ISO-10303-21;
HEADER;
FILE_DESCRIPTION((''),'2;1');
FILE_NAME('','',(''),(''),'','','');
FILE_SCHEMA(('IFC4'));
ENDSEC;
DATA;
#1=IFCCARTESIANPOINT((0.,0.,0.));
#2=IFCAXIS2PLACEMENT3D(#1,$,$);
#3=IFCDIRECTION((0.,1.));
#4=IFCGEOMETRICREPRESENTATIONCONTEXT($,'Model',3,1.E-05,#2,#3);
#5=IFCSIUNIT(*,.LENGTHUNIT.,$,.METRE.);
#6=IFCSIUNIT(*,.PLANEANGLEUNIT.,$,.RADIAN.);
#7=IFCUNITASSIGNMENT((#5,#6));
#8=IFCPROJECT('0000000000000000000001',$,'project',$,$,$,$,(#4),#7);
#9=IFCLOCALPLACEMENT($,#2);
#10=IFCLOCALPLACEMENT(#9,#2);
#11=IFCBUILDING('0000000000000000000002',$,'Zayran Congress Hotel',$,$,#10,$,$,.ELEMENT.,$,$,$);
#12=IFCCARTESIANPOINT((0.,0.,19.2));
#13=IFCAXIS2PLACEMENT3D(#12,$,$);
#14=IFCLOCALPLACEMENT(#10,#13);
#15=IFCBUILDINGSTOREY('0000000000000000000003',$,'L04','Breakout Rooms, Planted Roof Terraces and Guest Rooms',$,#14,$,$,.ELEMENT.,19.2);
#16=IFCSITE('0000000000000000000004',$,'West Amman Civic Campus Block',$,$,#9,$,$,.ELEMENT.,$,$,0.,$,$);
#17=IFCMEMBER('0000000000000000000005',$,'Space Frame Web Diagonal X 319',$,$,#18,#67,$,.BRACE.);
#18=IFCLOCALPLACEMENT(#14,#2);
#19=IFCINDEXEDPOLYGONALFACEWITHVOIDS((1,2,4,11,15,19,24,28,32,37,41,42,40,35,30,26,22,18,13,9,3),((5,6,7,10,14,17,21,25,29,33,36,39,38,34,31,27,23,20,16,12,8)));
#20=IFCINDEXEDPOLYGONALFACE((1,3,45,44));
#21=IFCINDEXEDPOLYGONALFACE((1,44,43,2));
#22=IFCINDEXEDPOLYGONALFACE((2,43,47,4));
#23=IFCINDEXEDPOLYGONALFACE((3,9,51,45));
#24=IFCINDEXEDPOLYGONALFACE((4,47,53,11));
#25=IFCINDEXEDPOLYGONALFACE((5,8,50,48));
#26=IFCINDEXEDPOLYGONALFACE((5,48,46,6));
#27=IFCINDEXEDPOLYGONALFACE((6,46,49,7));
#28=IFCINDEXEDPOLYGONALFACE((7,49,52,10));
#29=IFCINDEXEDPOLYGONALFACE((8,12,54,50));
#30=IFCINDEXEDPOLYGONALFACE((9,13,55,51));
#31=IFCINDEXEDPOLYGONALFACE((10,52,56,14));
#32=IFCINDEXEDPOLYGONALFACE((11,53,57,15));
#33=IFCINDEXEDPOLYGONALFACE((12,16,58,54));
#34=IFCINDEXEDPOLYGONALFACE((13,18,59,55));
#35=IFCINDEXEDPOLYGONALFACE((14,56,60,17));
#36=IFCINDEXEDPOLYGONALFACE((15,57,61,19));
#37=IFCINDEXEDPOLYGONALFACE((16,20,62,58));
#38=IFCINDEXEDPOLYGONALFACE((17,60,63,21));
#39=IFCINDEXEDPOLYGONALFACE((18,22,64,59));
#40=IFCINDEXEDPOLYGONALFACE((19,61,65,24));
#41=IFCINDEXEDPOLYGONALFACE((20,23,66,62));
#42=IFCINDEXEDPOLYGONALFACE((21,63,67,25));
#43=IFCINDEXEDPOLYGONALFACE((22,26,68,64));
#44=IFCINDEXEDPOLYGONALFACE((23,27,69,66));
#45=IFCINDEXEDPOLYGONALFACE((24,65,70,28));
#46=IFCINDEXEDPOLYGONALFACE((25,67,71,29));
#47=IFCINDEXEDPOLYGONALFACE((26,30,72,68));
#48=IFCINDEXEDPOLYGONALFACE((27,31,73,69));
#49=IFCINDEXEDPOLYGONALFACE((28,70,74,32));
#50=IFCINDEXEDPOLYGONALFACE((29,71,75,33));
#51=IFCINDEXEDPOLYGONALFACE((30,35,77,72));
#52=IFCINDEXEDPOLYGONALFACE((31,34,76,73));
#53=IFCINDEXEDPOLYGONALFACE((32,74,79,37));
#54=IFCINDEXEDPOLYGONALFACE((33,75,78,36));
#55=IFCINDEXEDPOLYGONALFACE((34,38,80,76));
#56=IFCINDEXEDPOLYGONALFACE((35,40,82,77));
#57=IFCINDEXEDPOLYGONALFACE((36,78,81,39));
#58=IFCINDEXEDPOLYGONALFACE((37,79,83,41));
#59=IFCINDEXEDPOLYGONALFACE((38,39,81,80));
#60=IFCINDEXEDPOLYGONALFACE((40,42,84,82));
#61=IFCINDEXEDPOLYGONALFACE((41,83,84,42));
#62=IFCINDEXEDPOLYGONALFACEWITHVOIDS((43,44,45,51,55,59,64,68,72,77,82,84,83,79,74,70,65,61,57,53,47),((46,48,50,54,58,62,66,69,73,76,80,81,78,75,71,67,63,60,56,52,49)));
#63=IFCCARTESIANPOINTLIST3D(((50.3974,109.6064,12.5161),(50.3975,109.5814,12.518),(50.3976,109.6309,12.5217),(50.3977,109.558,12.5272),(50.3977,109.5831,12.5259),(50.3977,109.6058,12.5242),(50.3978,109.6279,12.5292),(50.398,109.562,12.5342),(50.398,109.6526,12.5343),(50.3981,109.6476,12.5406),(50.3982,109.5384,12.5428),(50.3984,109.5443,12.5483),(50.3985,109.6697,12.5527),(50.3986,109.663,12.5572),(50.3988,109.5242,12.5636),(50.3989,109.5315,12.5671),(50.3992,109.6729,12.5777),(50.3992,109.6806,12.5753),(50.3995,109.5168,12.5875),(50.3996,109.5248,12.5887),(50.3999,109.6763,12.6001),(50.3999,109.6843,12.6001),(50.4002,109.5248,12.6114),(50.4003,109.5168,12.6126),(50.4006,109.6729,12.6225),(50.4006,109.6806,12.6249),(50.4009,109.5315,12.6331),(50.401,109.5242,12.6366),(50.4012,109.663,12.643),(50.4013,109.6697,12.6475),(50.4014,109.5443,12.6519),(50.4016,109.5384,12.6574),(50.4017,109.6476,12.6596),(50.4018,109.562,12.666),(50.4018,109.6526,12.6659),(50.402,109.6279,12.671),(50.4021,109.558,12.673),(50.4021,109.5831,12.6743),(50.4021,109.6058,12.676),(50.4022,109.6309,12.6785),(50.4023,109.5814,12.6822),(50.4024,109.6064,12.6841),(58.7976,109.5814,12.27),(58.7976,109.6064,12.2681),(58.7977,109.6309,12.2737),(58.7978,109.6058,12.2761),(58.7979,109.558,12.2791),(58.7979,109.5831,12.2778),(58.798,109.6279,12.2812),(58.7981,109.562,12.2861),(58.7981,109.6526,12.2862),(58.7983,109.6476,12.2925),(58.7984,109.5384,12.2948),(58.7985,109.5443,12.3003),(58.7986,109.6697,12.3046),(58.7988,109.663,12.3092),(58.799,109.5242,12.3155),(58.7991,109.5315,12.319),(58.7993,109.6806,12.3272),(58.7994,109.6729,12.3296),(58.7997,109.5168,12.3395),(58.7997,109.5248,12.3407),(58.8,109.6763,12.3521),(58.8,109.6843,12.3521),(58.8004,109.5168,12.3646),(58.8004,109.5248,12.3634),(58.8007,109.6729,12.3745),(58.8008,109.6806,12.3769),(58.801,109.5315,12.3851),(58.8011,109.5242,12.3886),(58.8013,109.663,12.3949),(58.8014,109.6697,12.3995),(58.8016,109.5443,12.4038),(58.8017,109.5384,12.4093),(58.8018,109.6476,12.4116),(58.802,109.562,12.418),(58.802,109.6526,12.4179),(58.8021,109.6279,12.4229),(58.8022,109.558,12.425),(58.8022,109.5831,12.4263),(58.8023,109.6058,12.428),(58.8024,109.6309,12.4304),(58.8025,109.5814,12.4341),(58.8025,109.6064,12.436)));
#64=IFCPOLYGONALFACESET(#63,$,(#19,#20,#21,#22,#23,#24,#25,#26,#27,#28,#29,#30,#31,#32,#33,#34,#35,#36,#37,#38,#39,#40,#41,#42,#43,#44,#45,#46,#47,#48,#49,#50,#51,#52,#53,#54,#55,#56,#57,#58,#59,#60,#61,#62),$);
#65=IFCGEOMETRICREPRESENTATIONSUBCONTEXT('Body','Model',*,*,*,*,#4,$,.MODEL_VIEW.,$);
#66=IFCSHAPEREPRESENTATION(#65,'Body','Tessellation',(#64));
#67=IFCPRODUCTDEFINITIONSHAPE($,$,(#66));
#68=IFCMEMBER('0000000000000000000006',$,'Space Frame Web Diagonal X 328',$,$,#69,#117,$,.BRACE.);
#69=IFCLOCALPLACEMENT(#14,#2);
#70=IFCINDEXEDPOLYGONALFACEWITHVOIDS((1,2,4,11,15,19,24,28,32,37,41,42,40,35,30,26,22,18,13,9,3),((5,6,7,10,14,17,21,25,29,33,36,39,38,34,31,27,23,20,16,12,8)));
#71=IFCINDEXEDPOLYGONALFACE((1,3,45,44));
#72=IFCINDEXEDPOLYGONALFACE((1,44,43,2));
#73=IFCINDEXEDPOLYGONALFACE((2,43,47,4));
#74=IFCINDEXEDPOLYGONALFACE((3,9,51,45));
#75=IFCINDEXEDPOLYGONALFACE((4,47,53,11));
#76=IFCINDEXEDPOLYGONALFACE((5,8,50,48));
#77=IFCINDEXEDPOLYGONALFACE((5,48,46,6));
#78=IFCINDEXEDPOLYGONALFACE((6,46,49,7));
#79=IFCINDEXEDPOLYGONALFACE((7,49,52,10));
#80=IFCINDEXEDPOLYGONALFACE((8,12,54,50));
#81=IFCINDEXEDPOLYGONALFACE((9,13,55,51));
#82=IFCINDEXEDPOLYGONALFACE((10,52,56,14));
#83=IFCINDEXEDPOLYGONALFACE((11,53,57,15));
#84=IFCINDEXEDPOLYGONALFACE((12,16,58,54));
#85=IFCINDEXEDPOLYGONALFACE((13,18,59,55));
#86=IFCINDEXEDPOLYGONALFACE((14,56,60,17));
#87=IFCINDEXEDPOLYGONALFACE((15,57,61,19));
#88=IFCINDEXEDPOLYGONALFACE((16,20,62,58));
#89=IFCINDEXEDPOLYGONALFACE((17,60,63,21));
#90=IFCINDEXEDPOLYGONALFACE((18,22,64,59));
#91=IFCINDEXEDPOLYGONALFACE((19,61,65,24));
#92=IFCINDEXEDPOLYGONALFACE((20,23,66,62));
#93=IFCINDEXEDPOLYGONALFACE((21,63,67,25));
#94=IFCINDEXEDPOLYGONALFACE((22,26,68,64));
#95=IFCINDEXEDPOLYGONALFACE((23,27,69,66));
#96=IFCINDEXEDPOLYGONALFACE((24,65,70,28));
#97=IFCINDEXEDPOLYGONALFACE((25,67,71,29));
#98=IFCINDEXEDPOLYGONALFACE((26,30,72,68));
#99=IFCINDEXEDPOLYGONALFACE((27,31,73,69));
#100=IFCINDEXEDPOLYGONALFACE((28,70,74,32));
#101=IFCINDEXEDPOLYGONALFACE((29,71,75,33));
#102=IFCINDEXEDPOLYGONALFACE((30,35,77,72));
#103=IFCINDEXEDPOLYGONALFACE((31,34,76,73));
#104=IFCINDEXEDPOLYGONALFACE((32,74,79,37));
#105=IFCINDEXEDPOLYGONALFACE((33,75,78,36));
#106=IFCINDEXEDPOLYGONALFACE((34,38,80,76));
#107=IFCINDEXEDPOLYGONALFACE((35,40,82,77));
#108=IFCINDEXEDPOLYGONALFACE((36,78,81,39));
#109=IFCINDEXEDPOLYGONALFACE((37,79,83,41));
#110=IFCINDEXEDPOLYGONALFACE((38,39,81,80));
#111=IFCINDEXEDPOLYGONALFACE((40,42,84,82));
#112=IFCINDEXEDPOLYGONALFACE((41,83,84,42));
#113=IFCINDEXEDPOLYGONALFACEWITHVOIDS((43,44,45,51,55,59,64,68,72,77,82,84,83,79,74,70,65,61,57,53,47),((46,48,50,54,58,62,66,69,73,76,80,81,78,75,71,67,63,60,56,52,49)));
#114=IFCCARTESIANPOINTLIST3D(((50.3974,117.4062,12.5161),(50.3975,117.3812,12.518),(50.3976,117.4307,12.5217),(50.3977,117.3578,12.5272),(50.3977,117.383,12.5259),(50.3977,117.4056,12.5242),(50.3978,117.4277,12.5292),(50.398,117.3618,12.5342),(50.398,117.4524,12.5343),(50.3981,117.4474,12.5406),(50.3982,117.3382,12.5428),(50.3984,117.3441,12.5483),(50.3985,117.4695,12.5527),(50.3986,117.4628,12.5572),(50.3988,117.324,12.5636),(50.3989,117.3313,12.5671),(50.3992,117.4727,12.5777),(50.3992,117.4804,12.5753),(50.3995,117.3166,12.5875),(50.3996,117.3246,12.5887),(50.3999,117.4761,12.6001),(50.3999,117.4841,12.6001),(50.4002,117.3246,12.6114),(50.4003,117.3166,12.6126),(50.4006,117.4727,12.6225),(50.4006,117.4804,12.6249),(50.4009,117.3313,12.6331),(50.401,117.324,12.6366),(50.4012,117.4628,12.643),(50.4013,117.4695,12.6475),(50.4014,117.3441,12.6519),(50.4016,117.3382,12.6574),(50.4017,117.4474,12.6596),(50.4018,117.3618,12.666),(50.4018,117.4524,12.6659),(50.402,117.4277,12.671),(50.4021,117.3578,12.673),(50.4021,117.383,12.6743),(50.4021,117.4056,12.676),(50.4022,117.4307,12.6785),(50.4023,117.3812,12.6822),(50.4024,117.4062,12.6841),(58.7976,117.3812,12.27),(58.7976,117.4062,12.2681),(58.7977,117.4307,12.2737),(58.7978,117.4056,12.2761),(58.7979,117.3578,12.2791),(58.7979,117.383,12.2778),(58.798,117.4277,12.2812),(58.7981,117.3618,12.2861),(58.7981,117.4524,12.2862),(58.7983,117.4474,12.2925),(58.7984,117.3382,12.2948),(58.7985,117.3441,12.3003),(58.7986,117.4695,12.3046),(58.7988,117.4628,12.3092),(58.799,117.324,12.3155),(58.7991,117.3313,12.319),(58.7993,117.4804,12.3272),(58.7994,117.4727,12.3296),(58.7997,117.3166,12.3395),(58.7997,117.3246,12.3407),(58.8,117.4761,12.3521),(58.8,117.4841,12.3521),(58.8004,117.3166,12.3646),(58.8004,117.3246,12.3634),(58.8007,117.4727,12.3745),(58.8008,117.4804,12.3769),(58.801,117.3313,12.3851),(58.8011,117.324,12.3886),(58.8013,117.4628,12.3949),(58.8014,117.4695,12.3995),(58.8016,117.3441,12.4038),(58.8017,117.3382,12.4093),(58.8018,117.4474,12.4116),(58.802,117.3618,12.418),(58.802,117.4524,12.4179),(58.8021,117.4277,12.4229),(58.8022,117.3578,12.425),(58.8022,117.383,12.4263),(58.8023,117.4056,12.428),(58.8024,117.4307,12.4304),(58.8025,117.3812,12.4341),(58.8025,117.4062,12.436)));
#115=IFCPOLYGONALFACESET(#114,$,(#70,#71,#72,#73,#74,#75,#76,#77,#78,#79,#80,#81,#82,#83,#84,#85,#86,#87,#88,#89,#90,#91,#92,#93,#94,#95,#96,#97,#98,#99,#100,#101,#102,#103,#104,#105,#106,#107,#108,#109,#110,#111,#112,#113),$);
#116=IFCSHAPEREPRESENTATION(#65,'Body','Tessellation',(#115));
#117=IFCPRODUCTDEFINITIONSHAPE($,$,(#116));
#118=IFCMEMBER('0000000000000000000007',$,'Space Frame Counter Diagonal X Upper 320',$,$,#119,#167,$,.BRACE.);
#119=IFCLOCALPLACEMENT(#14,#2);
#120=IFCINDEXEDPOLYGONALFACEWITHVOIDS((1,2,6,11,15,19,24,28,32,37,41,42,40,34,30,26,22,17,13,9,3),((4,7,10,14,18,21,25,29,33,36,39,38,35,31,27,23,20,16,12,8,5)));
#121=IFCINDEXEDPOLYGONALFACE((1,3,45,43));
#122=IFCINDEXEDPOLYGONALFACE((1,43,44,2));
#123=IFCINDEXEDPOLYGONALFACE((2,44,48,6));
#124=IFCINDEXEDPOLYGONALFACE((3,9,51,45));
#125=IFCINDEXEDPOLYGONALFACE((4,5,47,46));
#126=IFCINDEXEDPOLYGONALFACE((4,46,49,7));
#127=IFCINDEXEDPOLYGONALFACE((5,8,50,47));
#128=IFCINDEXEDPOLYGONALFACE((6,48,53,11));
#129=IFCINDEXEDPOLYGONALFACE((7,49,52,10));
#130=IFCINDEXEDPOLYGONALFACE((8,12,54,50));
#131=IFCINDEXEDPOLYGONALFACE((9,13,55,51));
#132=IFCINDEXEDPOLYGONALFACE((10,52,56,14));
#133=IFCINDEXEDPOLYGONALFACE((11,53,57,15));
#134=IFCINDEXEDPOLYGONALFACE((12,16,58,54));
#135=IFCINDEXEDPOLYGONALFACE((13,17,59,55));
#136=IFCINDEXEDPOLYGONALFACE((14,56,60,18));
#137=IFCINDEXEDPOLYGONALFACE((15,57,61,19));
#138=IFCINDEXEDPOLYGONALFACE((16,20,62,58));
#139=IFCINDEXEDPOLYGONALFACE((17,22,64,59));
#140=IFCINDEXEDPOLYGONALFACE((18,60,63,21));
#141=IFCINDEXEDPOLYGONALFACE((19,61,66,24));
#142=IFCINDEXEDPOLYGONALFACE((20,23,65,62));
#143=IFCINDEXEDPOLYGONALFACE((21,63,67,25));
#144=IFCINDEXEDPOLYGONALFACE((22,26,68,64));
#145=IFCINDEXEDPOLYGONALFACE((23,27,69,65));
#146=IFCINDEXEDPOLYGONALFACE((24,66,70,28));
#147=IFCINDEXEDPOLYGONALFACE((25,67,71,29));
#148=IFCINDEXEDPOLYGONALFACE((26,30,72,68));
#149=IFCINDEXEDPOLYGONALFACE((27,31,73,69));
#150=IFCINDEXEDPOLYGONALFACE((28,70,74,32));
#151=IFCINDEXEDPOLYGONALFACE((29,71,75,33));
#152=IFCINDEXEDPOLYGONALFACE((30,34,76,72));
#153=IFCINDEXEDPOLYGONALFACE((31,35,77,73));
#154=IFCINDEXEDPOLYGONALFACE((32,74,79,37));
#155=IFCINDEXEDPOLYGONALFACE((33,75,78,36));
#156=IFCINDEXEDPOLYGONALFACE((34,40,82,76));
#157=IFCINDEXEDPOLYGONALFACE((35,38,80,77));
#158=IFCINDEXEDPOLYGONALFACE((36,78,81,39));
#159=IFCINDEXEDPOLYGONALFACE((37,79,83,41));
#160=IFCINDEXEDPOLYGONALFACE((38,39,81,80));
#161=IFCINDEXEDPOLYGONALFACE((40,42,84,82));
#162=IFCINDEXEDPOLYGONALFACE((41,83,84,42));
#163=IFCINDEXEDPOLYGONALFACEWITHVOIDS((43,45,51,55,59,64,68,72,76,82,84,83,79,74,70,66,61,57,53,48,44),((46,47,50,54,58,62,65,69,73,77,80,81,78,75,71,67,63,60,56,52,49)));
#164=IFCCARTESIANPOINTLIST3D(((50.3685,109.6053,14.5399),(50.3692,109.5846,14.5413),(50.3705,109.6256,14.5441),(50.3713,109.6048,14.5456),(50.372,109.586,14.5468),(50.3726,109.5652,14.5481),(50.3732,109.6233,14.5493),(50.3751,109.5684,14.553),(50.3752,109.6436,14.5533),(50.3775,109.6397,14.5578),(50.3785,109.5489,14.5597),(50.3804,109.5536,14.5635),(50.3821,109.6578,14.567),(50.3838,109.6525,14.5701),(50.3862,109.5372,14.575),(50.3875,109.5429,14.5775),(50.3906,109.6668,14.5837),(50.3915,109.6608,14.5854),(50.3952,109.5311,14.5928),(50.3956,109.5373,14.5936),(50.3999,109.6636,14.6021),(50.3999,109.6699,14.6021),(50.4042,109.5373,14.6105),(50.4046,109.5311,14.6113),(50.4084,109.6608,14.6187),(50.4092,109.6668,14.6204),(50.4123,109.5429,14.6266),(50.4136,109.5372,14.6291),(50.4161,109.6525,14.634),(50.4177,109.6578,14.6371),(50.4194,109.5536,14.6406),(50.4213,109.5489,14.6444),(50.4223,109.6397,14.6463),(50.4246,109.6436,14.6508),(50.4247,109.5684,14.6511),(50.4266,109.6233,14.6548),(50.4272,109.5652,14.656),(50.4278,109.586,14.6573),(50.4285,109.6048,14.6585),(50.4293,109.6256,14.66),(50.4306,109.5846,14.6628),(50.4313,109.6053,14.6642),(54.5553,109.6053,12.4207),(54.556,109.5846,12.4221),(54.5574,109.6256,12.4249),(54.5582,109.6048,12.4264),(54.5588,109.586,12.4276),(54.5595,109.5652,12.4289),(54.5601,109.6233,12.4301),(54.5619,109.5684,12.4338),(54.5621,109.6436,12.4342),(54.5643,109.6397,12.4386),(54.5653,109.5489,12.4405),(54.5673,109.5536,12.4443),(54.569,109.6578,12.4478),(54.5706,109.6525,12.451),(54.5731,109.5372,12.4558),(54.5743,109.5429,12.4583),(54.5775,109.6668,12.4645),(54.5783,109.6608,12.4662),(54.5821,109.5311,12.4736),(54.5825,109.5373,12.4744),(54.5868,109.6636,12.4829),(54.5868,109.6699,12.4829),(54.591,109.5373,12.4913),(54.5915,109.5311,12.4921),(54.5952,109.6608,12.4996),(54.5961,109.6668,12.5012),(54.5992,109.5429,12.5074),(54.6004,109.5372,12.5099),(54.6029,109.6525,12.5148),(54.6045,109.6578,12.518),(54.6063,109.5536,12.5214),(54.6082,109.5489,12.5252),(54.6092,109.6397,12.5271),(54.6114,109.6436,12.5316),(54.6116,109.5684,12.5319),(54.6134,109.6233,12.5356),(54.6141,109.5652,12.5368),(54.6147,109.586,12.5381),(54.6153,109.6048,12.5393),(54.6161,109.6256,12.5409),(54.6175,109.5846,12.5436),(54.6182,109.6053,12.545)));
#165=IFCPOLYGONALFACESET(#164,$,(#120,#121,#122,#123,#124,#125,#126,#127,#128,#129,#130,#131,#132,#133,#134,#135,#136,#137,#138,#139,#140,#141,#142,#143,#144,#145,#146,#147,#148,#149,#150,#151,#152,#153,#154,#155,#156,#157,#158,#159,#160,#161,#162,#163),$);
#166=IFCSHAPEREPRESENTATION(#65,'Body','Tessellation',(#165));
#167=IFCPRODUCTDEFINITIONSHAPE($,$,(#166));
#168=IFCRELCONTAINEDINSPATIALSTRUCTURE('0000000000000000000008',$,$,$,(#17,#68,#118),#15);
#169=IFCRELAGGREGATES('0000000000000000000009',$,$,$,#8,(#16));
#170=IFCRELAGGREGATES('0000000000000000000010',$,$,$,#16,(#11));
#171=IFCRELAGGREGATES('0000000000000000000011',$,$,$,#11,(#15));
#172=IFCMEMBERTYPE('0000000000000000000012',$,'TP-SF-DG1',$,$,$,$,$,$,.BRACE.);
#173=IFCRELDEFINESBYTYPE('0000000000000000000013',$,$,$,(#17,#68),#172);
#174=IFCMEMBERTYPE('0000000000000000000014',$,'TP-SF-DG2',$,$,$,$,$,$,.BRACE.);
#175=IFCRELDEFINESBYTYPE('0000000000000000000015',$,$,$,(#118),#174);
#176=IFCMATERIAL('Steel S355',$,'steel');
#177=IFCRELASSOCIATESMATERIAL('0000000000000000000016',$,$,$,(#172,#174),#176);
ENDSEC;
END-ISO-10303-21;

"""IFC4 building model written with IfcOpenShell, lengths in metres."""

from ifc_helpers import new_model, si_unit, direction, frame, origin, origin_2d, place, context, subcontext, project, spatial, hollow_circle, extrude, material, material_profile, profile_set, type_object, element, save


model = new_model("IFC4")

# Units and contexts
model_context = context("Model", 3, precision=1e-05, world=origin(), true_north=direction((0.0, 1.0)))
body_context = subcontext(model_context, "Body", "Model", "MODEL_VIEW")
ifc_project = project(units=[si_unit("LENGTHUNIT", "METRE"), si_unit("PLANEANGLEUNIT", "RADIAN")], contexts=[model_context])

# Site, building, storey
site_placement = place(None, origin())
site = spatial("IfcSite", under=ifc_project, at=site_placement, Name="West Amman Civic Campus Block", CompositionType="ELEMENT", RefElevation=0.0)
building_placement = place(site_placement, origin())
building = spatial("IfcBuilding", under=site, at=building_placement, Name="Zayran Congress Hotel", CompositionType="ELEMENT")
storey_placement = place(building_placement, frame((0.0, 0.0, 19.2)))
storey = spatial("IfcBuildingStorey", under=building, at=storey_placement, Name="L04", Description="Breakout Rooms, Planted Roof Terraces and Guest Rooms", CompositionType="ELEMENT", Elevation=19.2)

# Members
ifc_material_1 = material(Name="Steel S355", Category="steel")
ifc_material_profile_1 = material_profile(ifc_material_1, hollow_circle(Radius=0.0842, WallThickness=0.0081, at=origin_2d()), Name="CHS 168.3x8")
ifc_profile_set_1 = profile_set([ifc_material_profile_1], Name="Steel S355")
member_type_1 = type_object("IfcMemberType", Name="TP-SF-DG1", PredefinedType="BRACE", material=ifc_profile_set_1)
for number, where, z_axis, x_axis, name in (
    (1, (50.3999, 109.6001, 12.6001), (0.999564, 0.0, -0.029516), (0.0, 1.0, 0.0), "Space Frame Web Diagonal X 319"),
    (2, (50.3999, 117.3999, 12.6001), (0.999564, 0.0, -0.029516), (0.0, 1.0, 0.0), "Space Frame Web Diagonal X 328"),
):
    element("IfcMember", number, at=place(storey_placement, frame(where, z_axis=z_axis, x_axis=x_axis)), inside=storey, type_object=member_type_1, Name=name, PredefinedType="BRACE", context=body_context, shape_type="SweptSolid", body=[
        extrude(hollow_circle(Radius=0.0842, WallThickness=0.0081, at=origin_2d()), origin(), (0.0, 0.0, 1.0), 8.4038),
    ])
ifc_material_profile_2 = material_profile(ifc_material_1, hollow_circle(Radius=0.0698, WallThickness=0.0063, at=origin_2d()), Name="CHS 139.7x6.3")
ifc_profile_set_2 = profile_set([ifc_material_profile_2], Name="Steel S355")
member_type_2 = type_object("IfcMemberType", Name="TP-SF-DG2", PredefinedType="BRACE", material=ifc_profile_set_2)
member_1_placement = place(storey_placement, frame((50.3999, 109.6001, 14.6021), z_axis=(0.892221, 0.0, -0.451599), x_axis=(0.0, 1.0, 0.0)))
element("IfcMember", 3, at=member_1_placement, inside=storey, type_object=member_type_2, Name="Space Frame Counter Diagonal X Upper 320", PredefinedType="BRACE", context=body_context, shape_type="SweptSolid", body=[
    extrude(hollow_circle(Radius=0.0698, WallThickness=0.0063, at=origin_2d()), origin(), (0.0, 0.0, 1.0), 4.6926),
])

save(model, "model.ifc")
